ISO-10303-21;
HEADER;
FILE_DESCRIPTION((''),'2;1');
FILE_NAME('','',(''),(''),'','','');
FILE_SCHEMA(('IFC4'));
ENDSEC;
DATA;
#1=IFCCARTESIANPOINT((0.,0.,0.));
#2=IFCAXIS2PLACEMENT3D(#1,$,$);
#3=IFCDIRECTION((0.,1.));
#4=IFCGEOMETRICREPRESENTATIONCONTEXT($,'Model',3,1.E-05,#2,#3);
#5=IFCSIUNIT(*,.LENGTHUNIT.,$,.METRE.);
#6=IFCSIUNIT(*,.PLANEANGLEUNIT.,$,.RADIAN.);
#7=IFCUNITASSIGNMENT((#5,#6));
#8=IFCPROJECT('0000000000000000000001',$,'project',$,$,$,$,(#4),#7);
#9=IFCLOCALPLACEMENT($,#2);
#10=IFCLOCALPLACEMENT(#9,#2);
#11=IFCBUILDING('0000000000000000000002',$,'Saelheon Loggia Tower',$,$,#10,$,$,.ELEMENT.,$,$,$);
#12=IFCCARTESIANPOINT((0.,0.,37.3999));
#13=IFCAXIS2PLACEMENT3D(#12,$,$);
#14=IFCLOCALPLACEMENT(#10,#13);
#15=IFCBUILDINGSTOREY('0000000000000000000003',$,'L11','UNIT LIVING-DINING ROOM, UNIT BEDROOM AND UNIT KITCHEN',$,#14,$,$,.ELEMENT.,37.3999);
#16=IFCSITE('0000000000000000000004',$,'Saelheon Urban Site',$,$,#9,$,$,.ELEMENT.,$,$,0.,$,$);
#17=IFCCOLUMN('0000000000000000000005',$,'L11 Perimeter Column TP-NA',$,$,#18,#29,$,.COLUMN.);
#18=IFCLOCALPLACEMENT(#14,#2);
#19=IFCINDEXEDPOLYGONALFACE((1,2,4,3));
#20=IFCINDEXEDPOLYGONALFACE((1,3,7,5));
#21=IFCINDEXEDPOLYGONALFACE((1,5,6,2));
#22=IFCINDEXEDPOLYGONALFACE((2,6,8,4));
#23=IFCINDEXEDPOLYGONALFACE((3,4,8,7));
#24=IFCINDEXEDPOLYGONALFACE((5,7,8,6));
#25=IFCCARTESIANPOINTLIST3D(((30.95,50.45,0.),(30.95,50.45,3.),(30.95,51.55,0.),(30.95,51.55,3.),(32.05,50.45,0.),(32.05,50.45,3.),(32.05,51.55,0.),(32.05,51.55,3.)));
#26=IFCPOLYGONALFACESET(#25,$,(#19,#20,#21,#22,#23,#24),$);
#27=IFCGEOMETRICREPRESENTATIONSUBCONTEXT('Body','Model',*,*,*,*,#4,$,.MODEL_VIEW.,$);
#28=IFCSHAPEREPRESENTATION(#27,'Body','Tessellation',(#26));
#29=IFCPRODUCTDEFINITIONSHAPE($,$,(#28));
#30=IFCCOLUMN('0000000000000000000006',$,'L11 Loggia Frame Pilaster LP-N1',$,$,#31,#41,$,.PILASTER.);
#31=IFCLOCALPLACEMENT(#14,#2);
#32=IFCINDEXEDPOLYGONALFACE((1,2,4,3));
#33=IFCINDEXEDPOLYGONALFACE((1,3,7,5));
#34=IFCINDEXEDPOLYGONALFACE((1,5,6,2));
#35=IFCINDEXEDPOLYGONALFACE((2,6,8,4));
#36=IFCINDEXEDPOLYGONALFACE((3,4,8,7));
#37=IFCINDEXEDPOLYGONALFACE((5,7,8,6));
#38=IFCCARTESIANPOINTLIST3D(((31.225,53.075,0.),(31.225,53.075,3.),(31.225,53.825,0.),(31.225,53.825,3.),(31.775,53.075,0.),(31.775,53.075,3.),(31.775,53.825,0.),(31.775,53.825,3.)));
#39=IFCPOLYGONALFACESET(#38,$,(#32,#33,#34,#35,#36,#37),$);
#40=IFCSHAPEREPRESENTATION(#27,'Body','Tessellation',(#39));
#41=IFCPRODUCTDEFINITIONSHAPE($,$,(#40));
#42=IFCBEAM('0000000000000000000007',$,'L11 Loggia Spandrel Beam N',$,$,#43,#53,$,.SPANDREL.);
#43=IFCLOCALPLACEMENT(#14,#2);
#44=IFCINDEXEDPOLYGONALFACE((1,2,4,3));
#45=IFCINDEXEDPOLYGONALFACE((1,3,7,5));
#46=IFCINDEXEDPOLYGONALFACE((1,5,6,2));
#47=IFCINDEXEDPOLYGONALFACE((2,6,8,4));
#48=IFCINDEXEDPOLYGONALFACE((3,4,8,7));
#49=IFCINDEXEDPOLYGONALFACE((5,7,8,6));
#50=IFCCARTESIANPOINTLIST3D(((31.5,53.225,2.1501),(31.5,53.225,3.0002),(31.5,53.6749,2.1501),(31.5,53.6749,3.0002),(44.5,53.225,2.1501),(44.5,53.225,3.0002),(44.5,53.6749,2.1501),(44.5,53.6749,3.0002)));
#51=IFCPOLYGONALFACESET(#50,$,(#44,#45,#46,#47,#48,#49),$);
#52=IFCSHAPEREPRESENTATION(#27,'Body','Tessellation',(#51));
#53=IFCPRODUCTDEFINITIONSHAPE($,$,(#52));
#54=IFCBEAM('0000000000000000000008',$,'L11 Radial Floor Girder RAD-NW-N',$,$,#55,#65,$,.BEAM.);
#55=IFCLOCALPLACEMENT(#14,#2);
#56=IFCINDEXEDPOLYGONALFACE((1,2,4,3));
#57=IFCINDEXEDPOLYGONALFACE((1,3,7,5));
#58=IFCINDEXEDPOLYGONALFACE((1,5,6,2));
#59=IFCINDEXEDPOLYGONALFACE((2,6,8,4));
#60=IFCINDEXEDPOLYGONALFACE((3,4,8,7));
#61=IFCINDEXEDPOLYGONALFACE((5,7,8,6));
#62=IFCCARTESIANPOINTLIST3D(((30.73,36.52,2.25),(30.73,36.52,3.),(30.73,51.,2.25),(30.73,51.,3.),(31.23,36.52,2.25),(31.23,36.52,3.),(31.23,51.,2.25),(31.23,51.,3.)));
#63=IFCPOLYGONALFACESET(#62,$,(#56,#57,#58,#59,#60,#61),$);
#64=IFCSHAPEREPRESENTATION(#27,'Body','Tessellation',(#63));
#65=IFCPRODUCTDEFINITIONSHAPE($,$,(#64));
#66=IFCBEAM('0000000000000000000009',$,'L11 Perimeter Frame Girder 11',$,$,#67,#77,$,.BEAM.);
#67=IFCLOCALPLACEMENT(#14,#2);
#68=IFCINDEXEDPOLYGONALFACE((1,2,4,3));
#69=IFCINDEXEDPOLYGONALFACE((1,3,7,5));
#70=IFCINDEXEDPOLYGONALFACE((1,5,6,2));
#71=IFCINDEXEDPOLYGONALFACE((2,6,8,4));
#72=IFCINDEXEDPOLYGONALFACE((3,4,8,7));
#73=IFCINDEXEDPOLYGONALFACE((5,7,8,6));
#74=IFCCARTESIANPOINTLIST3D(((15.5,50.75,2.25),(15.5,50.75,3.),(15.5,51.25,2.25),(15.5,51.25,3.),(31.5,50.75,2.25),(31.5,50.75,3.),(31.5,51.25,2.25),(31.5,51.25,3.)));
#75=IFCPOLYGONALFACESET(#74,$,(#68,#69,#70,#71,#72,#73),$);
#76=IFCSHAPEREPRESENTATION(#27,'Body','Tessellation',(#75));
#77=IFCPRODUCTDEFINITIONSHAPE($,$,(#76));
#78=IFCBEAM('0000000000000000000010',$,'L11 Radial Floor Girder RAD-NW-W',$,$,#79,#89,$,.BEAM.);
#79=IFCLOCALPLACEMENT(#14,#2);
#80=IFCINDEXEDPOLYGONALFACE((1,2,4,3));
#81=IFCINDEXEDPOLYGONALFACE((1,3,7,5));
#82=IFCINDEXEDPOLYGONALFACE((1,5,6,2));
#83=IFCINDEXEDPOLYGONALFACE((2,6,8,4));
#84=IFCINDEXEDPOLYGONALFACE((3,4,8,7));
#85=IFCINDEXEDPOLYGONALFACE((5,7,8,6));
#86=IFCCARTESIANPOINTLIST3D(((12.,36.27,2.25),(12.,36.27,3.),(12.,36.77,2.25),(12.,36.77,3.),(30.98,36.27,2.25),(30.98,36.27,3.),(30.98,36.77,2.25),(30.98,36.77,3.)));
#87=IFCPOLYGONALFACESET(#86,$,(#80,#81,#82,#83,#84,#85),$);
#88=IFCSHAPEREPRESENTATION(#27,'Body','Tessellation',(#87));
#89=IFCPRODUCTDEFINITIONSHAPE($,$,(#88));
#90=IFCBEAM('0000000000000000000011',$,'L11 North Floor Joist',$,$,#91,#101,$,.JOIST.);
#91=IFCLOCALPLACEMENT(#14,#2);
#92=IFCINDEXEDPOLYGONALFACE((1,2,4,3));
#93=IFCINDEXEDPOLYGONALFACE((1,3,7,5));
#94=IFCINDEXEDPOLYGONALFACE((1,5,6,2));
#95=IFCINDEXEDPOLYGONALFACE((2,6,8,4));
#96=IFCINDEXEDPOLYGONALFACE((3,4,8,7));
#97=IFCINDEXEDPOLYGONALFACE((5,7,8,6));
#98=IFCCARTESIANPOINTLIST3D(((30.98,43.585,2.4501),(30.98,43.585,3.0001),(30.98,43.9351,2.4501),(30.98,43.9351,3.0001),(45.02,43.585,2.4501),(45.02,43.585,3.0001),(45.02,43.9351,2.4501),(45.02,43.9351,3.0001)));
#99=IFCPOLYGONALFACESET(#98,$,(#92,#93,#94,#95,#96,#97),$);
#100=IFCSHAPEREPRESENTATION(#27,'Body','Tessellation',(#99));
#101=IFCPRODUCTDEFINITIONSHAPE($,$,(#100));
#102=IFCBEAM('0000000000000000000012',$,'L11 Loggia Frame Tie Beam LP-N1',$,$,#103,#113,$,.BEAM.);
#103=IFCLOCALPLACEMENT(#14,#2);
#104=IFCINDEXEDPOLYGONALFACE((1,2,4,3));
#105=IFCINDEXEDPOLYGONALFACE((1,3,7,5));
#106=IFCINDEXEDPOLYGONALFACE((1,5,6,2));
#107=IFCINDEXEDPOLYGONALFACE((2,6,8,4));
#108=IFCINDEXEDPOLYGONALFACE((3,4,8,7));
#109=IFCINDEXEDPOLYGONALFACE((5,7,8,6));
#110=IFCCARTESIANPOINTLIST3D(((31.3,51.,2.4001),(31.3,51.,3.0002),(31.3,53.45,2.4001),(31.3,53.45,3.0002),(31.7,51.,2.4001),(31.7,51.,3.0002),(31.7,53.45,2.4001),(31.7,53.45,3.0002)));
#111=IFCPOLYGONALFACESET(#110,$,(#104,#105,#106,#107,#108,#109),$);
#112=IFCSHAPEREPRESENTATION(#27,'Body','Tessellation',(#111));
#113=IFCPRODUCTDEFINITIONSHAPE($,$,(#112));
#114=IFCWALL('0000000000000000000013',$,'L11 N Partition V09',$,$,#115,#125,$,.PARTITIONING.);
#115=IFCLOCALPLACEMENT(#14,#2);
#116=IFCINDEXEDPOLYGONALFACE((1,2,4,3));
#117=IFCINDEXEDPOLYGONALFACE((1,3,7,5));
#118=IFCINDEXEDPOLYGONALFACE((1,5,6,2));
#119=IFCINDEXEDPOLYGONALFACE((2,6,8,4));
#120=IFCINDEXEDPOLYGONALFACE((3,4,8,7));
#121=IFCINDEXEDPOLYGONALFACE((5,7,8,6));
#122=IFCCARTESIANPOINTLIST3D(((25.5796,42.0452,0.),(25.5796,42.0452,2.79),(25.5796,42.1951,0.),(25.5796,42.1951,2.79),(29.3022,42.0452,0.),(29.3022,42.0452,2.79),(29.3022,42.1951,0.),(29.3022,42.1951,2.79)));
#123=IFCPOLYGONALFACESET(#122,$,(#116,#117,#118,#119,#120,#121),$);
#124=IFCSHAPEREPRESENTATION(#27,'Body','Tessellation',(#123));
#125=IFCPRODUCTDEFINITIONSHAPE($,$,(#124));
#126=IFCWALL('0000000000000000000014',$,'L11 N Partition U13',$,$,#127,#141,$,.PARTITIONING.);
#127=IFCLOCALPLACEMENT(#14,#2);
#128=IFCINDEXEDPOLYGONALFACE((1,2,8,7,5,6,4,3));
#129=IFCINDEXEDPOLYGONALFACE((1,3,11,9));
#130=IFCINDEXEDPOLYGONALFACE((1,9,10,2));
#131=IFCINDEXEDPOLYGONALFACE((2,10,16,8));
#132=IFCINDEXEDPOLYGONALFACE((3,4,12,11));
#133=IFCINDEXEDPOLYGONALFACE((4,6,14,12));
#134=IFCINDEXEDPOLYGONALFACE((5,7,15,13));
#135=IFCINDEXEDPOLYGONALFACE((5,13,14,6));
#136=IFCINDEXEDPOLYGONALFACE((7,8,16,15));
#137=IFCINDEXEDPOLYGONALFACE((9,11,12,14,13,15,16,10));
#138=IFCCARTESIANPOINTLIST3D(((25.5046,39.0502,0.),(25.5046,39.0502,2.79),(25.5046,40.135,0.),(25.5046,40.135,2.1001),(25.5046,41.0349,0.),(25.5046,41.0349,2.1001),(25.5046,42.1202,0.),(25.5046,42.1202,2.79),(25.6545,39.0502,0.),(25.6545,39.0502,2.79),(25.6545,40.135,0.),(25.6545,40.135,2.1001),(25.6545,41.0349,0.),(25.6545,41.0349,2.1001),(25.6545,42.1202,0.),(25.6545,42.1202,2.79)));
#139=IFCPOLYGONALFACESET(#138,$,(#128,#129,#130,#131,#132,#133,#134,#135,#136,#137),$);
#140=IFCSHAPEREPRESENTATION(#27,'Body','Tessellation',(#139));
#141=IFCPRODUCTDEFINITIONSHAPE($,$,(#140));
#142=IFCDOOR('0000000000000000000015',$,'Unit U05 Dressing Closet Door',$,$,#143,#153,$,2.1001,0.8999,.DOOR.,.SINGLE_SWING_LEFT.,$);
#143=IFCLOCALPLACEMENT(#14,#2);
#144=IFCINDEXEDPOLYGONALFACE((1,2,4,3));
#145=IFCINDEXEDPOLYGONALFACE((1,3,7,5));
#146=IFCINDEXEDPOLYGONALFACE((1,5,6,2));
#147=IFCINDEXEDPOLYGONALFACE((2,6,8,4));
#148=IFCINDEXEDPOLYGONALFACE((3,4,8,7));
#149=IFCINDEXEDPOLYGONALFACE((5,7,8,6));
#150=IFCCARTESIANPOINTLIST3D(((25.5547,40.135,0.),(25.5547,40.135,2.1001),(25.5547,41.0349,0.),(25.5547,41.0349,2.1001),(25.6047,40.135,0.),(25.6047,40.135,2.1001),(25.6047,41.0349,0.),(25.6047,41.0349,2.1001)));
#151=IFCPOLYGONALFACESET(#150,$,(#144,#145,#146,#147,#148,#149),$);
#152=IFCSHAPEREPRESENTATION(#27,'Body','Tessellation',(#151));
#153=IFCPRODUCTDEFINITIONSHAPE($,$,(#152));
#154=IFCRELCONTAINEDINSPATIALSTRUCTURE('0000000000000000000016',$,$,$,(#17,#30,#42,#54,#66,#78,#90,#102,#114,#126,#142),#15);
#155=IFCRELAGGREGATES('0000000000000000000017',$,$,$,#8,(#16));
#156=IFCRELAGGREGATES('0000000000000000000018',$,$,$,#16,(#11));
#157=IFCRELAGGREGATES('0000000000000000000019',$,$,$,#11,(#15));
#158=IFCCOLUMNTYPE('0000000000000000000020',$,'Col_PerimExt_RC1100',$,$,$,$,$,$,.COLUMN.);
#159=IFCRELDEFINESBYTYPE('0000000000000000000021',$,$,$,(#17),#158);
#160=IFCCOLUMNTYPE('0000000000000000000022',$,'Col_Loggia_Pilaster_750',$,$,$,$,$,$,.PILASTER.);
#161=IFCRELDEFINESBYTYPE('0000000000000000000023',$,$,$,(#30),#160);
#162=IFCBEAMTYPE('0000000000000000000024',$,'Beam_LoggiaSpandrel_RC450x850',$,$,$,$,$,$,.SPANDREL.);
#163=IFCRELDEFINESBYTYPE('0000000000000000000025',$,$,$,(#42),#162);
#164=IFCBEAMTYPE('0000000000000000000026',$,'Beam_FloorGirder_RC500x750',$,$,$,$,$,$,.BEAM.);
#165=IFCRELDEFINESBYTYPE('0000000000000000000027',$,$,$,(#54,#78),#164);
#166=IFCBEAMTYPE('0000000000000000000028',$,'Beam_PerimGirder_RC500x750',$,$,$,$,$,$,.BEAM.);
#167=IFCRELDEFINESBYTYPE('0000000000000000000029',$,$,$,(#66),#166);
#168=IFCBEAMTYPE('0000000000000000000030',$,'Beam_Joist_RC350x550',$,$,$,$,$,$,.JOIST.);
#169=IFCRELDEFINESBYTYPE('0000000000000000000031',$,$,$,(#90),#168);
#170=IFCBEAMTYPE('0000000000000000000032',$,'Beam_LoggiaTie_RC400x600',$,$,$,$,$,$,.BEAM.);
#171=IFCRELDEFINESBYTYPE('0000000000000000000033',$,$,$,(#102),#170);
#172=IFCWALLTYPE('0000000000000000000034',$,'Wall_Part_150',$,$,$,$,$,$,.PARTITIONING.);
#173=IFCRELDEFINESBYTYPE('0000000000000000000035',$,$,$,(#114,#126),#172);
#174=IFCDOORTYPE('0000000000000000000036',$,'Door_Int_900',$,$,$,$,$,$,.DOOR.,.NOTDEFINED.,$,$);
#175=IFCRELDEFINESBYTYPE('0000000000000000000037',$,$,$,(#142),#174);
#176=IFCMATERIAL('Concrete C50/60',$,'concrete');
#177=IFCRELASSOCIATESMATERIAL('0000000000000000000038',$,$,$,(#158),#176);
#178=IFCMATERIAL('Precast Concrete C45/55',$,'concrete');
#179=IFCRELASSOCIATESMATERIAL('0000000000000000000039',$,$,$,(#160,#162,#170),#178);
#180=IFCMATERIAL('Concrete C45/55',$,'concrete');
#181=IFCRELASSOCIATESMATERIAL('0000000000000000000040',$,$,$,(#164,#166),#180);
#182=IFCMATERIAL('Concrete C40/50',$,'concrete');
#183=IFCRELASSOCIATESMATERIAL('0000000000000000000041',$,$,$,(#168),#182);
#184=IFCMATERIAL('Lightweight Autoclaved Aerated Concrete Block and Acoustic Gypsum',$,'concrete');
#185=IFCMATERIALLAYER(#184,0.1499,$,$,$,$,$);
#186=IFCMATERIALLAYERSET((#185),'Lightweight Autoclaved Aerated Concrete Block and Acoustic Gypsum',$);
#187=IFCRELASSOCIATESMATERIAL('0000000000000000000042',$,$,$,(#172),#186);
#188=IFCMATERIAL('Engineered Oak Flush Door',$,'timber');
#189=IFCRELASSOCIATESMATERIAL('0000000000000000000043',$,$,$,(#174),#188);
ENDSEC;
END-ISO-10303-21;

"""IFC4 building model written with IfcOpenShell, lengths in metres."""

from ifc_helpers import new_model, si_unit, direction, frame, frame_2d, origin, origin_2d, place, context, subcontext, project, spatial, rectangle, extrude, source, transform, mapped, material, layer, layer_set, material_profile, profile_set, type_object, element, fill, save


model = new_model("IFC4")

# Units and contexts
model_context = context("Model", 3, precision=1e-05, world=origin(), true_north=direction((0.0, 1.0)))
body_context = subcontext(model_context, "Body", "Model", "MODEL_VIEW")
ifc_project = project(units=[si_unit("LENGTHUNIT", "METRE"), si_unit("PLANEANGLEUNIT", "RADIAN")], contexts=[model_context])

# Site, building, storey
site_placement = place(None, origin())
site = spatial("IfcSite", under=ifc_project, at=site_placement, Name="Saelheon Urban Site", CompositionType="ELEMENT", RefElevation=0.0)
building_placement = place(site_placement, origin())
building = spatial("IfcBuilding", under=site, at=building_placement, Name="Saelheon Loggia Tower", CompositionType="ELEMENT")
storey_placement = place(building_placement, frame((0.0, 0.0, 37.3999)))
storey = spatial("IfcBuildingStorey", under=building, at=storey_placement, Name="L11", Description="UNIT LIVING-DINING ROOM, UNIT BEDROOM AND UNIT KITCHEN", CompositionType="ELEMENT", Elevation=37.3999)

# Columns
ifc_material_1 = material(Name="Concrete C50/60", Category="concrete")
ifc_material_profile_1 = material_profile(ifc_material_1, rectangle(XDim=1.1001, YDim=1.1001, at=origin_2d()), Name="RC-1100x1100")
ifc_profile_set_1 = profile_set([ifc_material_profile_1], Name="Concrete C50/60")
column_type_1 = type_object("IfcColumnType", Name="Col_PerimExt_RC1100", PredefinedType="COLUMN", material=ifc_profile_set_1)
shared_shape_1 = source(origin(), body_context, "Body", "SweptSolid", [
    extrude(rectangle(XDim=1.1001, YDim=1.1001, at=origin_2d()), origin(), (0.0, 0.0, 1.0), 3.0),
])
column_1_placement = place(storey_placement, frame((31.5, 51.0, 0.0), z_axis=(0.0, 0.0, 1.0), x_axis=(1.0, 0.0, 0.0)))
element("IfcColumn", 1, at=column_1_placement, inside=storey, type_object=column_type_1, Name="L11 Perimeter Column TP-NA", PredefinedType="COLUMN", context=body_context, shape_type="MappedRepresentation", body=[
    mapped(shared_shape_1, transform((0.0, 0.0, 0.0), scale=1.0)),
])
ifc_material_2 = material(Name="Precast Concrete C45/55", Category="concrete")
ifc_material_profile_2 = material_profile(ifc_material_2, rectangle(XDim=0.55, YDim=0.75, at=origin_2d()), Name="RC-550x750")
ifc_profile_set_2 = profile_set([ifc_material_profile_2], Name="Precast Concrete C45/55")
column_type_2 = type_object("IfcColumnType", Name="Col_Loggia_Pilaster_750", PredefinedType="PILASTER", material=ifc_profile_set_2)
shared_shape_2 = source(origin(), body_context, "Body", "SweptSolid", [
    extrude(rectangle(XDim=0.55, YDim=0.75, at=origin_2d()), origin(), (0.0, 0.0, 1.0), 3.0),
])
column_2_placement = place(storey_placement, frame((31.5, 53.45, 0.0), z_axis=(0.0, 0.0, 1.0), x_axis=(1.0, 0.0, 0.0)))
element("IfcColumn", 2, at=column_2_placement, inside=storey, type_object=column_type_2, Name="L11 Loggia Frame Pilaster LP-N1", PredefinedType="PILASTER", context=body_context, shape_type="MappedRepresentation", body=[
    mapped(shared_shape_2, transform((0.0, 0.0, 0.0), scale=1.0)),
])

# Beams
ifc_material_profile_3 = material_profile(ifc_material_2, rectangle(XDim=0.45, YDim=0.8501, at=origin_2d()), Name="RC-450x850")
ifc_profile_set_3 = profile_set([ifc_material_profile_3], Name="Precast Concrete C45/55")
beam_type_1 = type_object("IfcBeamType", Name="Beam_LoggiaSpandrel_RC450x850", PredefinedType="SPANDREL", material=ifc_profile_set_3)
shared_shape_3 = source(origin(), body_context, "Body", "SweptSolid", [
    extrude(rectangle(XDim=0.45, YDim=0.8501, at=origin_2d()), origin(), (0.0, 0.0, 1.0), 13.0),
])
beam_1_placement = place(storey_placement, frame((31.5, 53.45, 2.5752), z_axis=(1.0, 0.0, 0.0), x_axis=(0.0, 1.0, 0.0)))
element("IfcBeam", 3, at=beam_1_placement, inside=storey, type_object=beam_type_1, Name="L11 Loggia Spandrel Beam N", PredefinedType="SPANDREL", context=body_context, shape_type="MappedRepresentation", body=[
    mapped(shared_shape_3, transform((0.0, 0.0, 0.0), scale=1.0)),
])
ifc_material_3 = material(Name="Concrete C45/55", Category="concrete")
ifc_material_profile_4 = material_profile(ifc_material_3, rectangle(XDim=0.5, YDim=0.75, at=origin_2d()), Name="RC-500x750")
ifc_profile_set_4 = profile_set([ifc_material_profile_4], Name="Concrete C45/55")
beam_type_2 = type_object("IfcBeamType", Name="Beam_FloorGirder_RC500x750", PredefinedType="BEAM", material=ifc_profile_set_4)
shared_shape_4 = source(origin(), body_context, "Body", "SweptSolid", [
    extrude(rectangle(XDim=0.5, YDim=0.75, at=origin_2d()), origin(), (0.0, 0.0, 1.0), 14.48),
])
beam_2_placement = place(storey_placement, frame((30.98, 36.52, 2.625), z_axis=(0.0, 1.0, 0.0), x_axis=(-1.0, 0.0, 0.0)))
element("IfcBeam", 4, at=beam_2_placement, inside=storey, type_object=beam_type_2, Name="L11 Radial Floor Girder RAD-NW-N", PredefinedType="BEAM", context=body_context, shape_type="MappedRepresentation", body=[
    mapped(shared_shape_4, transform((0.0, 0.0, 0.0), scale=1.0)),
])
ifc_material_profile_5 = material_profile(ifc_material_3, rectangle(XDim=0.5, YDim=0.75, at=origin_2d()), Name="RC-500x750")
ifc_profile_set_5 = profile_set([ifc_material_profile_5], Name="Concrete C45/55")
beam_type_3 = type_object("IfcBeamType", Name="Beam_PerimGirder_RC500x750", PredefinedType="BEAM", material=ifc_profile_set_5)
shared_shape_5 = source(origin(), body_context, "Body", "SweptSolid", [
    extrude(rectangle(XDim=0.5, YDim=0.75, at=origin_2d()), origin(), (0.0, 0.0, 1.0), 16.0),
])
beam_3_placement = place(storey_placement, frame((31.5, 51.0, 2.625), z_axis=(-1.0, 0.0, 0.0), x_axis=(0.0, -1.0, 0.0)))
element("IfcBeam", 5, at=beam_3_placement, inside=storey, type_object=beam_type_3, Name="L11 Perimeter Frame Girder 11", PredefinedType="BEAM", context=body_context, shape_type="MappedRepresentation", body=[
    mapped(shared_shape_5, transform((0.0, 0.0, 0.0), scale=1.0)),
])
shared_shape_6 = source(origin(), body_context, "Body", "SweptSolid", [
    extrude(rectangle(XDim=0.5, YDim=0.75, at=origin_2d()), origin(), (0.0, 0.0, 1.0), 18.98),
])
beam_4_placement = place(storey_placement, frame((30.98, 36.52, 2.625), z_axis=(-1.0, 0.0, 0.0), x_axis=(0.0, -1.0, 0.0)))
element("IfcBeam", 6, at=beam_4_placement, inside=storey, type_object=beam_type_2, Name="L11 Radial Floor Girder RAD-NW-W", PredefinedType="BEAM", context=body_context, shape_type="MappedRepresentation", body=[
    mapped(shared_shape_6, transform((0.0, 0.0, 0.0), scale=1.0)),
])
ifc_material_4 = material(Name="Concrete C40/50", Category="concrete")
ifc_material_profile_6 = material_profile(ifc_material_4, rectangle(XDim=0.3501, YDim=0.55, at=origin_2d()), Name="RC-350x550")
ifc_profile_set_6 = profile_set([ifc_material_profile_6], Name="Concrete C40/50")
beam_type_4 = type_object("IfcBeamType", Name="Beam_Joist_RC350x550", PredefinedType="JOIST", material=ifc_profile_set_6)
shared_shape_7 = source(origin(), body_context, "Body", "SweptSolid", [
    extrude(rectangle(XDim=0.3501, YDim=0.55, at=origin_2d()), origin(), (0.0, 0.0, 1.0), 14.04),
])
beam_5_placement = place(storey_placement, frame((30.98, 43.76, 2.7251), z_axis=(1.0, 0.0, 0.0), x_axis=(0.0, 1.0, 0.0)))
element("IfcBeam", 7, at=beam_5_placement, inside=storey, type_object=beam_type_4, Name="L11 North Floor Joist", PredefinedType="JOIST", context=body_context, shape_type="MappedRepresentation", body=[
    mapped(shared_shape_7, transform((0.0, 0.0, 0.0), scale=1.0)),
])
ifc_material_profile_7 = material_profile(ifc_material_2, rectangle(XDim=0.3999, YDim=0.6001, at=origin_2d()), Name="RC-400x600")
ifc_profile_set_7 = profile_set([ifc_material_profile_7], Name="Precast Concrete C45/55")
beam_type_5 = type_object("IfcBeamType", Name="Beam_LoggiaTie_RC400x600", PredefinedType="BEAM", material=ifc_profile_set_7)
shared_shape_8 = source(origin(), body_context, "Body", "SweptSolid", [
    extrude(rectangle(XDim=0.3999, YDim=0.6001, at=origin_2d()), origin(), (0.0, 0.0, 1.0), 2.45),
])
beam_6_placement = place(storey_placement, frame((31.5, 51.0, 2.7002), z_axis=(0.0, 1.0, 0.0), x_axis=(-1.0, 0.0, 0.0)))
element("IfcBeam", 8, at=beam_6_placement, inside=storey, type_object=beam_type_5, Name="L11 Loggia Frame Tie Beam LP-N1", PredefinedType="BEAM", context=body_context, shape_type="MappedRepresentation", body=[
    mapped(shared_shape_8, transform((0.0, 0.0, 0.0), scale=1.0)),
])

# Wall
ifc_material_5 = material(Name="Lightweight Autoclaved Aerated Concrete Block and Acoustic Gypsum", Category="concrete")
ifc_layer_1 = layer(ifc_material_5, 0.1499)
ifc_layer_set_1 = layer_set([ifc_layer_1], Name="Lightweight Autoclaved Aerated Concrete Block and Acoustic Gypsum")
wall_type_1 = type_object("IfcWallType", Name="Wall_Part_150", PredefinedType="PARTITIONING", material=ifc_layer_set_1)
wall_1_placement = place(storey_placement, frame((25.5796, 42.1201, 0.0), z_axis=(0.0, 0.0, 1.0), x_axis=(1.0, 0.0, 0.0)))
element("IfcWall", 9, at=wall_1_placement, inside=storey, type_object=wall_type_1, Name="L11 N Partition V09", PredefinedType="PARTITIONING", context=body_context, shape_type="SweptSolid", body=[
    extrude(rectangle(XDim=3.7227, YDim=0.1499, at=frame_2d((1.8613, 0.0))), origin(), (0.0, 0.0, 1.0), 2.79),
])

# Wall, opening, door
wall_2_placement = place(storey_placement, frame((25.5796, 39.05, 0.0), z_axis=(0.0, 0.0, 1.0), x_axis=(0.0, 1.0, 0.0)))
wall_2 = element("IfcWall", 10, at=wall_2_placement, inside=storey, type_object=wall_type_1, Name="L11 N Partition U13", PredefinedType="PARTITIONING", context=body_context, shape_type="SweptSolid", body=[
    extrude(rectangle(XDim=3.0701, YDim=0.1499, at=frame_2d((1.5352, 0.0))), origin(), (0.0, 0.0, 1.0), 2.79),
])
opening_1_placement = place(wall_2_placement, frame((1.085, 0.0, 0.0)))
opening_1 = element("IfcOpeningElement", 11, at=opening_1_placement, cuts=wall_2, PredefinedType="OPENING", context=body_context, shape_type="SweptSolid", body=[
    extrude(rectangle(XDim=0.8999, YDim=2.1001, at=frame_2d((0.45, 1.05))), frame((0.0, 0.0869, 0.0), z_axis=(0.0, -1.0, 0.0), x_axis=(1.0, 0.0, 0.0)), (0.0, 0.0, 1.0), 0.1738),
])
ifc_material_6 = material(Name="Engineered Oak Flush Door", Category="timber")
door_type_1 = type_object("IfcDoorType", Name="Door_Int_900", OperationType="NOTDEFINED", PredefinedType="DOOR", material=ifc_material_6)
shared_shape_9 = source(origin(), body_context, "Body", "SweptSolid", [
    extrude(rectangle(XDim=0.8999, YDim=2.1001, at=frame_2d((0.45, 1.05))), frame((0.0, 0.0249, 0.0), z_axis=(0.0, -1.0, 0.0), x_axis=(1.0, 0.0, 0.0)), (0.0, 0.0, 1.0), 0.05),
])
door_1_placement = place(opening_1_placement, origin())
door_1 = element("IfcDoor", 12, at=door_1_placement, inside=storey, type_object=door_type_1, Name="Unit U05 Dressing Closet Door", OperationType="SINGLE_SWING_LEFT", OverallHeight=2.1001, OverallWidth=0.8999, PredefinedType="DOOR", context=body_context, shape_type="MappedRepresentation", body=[
    mapped(shared_shape_9, transform((0.0, 0.0, 0.0), scale=1.0)),
])
fill(opening_1, door_1)

save(model, "model.ifc")
